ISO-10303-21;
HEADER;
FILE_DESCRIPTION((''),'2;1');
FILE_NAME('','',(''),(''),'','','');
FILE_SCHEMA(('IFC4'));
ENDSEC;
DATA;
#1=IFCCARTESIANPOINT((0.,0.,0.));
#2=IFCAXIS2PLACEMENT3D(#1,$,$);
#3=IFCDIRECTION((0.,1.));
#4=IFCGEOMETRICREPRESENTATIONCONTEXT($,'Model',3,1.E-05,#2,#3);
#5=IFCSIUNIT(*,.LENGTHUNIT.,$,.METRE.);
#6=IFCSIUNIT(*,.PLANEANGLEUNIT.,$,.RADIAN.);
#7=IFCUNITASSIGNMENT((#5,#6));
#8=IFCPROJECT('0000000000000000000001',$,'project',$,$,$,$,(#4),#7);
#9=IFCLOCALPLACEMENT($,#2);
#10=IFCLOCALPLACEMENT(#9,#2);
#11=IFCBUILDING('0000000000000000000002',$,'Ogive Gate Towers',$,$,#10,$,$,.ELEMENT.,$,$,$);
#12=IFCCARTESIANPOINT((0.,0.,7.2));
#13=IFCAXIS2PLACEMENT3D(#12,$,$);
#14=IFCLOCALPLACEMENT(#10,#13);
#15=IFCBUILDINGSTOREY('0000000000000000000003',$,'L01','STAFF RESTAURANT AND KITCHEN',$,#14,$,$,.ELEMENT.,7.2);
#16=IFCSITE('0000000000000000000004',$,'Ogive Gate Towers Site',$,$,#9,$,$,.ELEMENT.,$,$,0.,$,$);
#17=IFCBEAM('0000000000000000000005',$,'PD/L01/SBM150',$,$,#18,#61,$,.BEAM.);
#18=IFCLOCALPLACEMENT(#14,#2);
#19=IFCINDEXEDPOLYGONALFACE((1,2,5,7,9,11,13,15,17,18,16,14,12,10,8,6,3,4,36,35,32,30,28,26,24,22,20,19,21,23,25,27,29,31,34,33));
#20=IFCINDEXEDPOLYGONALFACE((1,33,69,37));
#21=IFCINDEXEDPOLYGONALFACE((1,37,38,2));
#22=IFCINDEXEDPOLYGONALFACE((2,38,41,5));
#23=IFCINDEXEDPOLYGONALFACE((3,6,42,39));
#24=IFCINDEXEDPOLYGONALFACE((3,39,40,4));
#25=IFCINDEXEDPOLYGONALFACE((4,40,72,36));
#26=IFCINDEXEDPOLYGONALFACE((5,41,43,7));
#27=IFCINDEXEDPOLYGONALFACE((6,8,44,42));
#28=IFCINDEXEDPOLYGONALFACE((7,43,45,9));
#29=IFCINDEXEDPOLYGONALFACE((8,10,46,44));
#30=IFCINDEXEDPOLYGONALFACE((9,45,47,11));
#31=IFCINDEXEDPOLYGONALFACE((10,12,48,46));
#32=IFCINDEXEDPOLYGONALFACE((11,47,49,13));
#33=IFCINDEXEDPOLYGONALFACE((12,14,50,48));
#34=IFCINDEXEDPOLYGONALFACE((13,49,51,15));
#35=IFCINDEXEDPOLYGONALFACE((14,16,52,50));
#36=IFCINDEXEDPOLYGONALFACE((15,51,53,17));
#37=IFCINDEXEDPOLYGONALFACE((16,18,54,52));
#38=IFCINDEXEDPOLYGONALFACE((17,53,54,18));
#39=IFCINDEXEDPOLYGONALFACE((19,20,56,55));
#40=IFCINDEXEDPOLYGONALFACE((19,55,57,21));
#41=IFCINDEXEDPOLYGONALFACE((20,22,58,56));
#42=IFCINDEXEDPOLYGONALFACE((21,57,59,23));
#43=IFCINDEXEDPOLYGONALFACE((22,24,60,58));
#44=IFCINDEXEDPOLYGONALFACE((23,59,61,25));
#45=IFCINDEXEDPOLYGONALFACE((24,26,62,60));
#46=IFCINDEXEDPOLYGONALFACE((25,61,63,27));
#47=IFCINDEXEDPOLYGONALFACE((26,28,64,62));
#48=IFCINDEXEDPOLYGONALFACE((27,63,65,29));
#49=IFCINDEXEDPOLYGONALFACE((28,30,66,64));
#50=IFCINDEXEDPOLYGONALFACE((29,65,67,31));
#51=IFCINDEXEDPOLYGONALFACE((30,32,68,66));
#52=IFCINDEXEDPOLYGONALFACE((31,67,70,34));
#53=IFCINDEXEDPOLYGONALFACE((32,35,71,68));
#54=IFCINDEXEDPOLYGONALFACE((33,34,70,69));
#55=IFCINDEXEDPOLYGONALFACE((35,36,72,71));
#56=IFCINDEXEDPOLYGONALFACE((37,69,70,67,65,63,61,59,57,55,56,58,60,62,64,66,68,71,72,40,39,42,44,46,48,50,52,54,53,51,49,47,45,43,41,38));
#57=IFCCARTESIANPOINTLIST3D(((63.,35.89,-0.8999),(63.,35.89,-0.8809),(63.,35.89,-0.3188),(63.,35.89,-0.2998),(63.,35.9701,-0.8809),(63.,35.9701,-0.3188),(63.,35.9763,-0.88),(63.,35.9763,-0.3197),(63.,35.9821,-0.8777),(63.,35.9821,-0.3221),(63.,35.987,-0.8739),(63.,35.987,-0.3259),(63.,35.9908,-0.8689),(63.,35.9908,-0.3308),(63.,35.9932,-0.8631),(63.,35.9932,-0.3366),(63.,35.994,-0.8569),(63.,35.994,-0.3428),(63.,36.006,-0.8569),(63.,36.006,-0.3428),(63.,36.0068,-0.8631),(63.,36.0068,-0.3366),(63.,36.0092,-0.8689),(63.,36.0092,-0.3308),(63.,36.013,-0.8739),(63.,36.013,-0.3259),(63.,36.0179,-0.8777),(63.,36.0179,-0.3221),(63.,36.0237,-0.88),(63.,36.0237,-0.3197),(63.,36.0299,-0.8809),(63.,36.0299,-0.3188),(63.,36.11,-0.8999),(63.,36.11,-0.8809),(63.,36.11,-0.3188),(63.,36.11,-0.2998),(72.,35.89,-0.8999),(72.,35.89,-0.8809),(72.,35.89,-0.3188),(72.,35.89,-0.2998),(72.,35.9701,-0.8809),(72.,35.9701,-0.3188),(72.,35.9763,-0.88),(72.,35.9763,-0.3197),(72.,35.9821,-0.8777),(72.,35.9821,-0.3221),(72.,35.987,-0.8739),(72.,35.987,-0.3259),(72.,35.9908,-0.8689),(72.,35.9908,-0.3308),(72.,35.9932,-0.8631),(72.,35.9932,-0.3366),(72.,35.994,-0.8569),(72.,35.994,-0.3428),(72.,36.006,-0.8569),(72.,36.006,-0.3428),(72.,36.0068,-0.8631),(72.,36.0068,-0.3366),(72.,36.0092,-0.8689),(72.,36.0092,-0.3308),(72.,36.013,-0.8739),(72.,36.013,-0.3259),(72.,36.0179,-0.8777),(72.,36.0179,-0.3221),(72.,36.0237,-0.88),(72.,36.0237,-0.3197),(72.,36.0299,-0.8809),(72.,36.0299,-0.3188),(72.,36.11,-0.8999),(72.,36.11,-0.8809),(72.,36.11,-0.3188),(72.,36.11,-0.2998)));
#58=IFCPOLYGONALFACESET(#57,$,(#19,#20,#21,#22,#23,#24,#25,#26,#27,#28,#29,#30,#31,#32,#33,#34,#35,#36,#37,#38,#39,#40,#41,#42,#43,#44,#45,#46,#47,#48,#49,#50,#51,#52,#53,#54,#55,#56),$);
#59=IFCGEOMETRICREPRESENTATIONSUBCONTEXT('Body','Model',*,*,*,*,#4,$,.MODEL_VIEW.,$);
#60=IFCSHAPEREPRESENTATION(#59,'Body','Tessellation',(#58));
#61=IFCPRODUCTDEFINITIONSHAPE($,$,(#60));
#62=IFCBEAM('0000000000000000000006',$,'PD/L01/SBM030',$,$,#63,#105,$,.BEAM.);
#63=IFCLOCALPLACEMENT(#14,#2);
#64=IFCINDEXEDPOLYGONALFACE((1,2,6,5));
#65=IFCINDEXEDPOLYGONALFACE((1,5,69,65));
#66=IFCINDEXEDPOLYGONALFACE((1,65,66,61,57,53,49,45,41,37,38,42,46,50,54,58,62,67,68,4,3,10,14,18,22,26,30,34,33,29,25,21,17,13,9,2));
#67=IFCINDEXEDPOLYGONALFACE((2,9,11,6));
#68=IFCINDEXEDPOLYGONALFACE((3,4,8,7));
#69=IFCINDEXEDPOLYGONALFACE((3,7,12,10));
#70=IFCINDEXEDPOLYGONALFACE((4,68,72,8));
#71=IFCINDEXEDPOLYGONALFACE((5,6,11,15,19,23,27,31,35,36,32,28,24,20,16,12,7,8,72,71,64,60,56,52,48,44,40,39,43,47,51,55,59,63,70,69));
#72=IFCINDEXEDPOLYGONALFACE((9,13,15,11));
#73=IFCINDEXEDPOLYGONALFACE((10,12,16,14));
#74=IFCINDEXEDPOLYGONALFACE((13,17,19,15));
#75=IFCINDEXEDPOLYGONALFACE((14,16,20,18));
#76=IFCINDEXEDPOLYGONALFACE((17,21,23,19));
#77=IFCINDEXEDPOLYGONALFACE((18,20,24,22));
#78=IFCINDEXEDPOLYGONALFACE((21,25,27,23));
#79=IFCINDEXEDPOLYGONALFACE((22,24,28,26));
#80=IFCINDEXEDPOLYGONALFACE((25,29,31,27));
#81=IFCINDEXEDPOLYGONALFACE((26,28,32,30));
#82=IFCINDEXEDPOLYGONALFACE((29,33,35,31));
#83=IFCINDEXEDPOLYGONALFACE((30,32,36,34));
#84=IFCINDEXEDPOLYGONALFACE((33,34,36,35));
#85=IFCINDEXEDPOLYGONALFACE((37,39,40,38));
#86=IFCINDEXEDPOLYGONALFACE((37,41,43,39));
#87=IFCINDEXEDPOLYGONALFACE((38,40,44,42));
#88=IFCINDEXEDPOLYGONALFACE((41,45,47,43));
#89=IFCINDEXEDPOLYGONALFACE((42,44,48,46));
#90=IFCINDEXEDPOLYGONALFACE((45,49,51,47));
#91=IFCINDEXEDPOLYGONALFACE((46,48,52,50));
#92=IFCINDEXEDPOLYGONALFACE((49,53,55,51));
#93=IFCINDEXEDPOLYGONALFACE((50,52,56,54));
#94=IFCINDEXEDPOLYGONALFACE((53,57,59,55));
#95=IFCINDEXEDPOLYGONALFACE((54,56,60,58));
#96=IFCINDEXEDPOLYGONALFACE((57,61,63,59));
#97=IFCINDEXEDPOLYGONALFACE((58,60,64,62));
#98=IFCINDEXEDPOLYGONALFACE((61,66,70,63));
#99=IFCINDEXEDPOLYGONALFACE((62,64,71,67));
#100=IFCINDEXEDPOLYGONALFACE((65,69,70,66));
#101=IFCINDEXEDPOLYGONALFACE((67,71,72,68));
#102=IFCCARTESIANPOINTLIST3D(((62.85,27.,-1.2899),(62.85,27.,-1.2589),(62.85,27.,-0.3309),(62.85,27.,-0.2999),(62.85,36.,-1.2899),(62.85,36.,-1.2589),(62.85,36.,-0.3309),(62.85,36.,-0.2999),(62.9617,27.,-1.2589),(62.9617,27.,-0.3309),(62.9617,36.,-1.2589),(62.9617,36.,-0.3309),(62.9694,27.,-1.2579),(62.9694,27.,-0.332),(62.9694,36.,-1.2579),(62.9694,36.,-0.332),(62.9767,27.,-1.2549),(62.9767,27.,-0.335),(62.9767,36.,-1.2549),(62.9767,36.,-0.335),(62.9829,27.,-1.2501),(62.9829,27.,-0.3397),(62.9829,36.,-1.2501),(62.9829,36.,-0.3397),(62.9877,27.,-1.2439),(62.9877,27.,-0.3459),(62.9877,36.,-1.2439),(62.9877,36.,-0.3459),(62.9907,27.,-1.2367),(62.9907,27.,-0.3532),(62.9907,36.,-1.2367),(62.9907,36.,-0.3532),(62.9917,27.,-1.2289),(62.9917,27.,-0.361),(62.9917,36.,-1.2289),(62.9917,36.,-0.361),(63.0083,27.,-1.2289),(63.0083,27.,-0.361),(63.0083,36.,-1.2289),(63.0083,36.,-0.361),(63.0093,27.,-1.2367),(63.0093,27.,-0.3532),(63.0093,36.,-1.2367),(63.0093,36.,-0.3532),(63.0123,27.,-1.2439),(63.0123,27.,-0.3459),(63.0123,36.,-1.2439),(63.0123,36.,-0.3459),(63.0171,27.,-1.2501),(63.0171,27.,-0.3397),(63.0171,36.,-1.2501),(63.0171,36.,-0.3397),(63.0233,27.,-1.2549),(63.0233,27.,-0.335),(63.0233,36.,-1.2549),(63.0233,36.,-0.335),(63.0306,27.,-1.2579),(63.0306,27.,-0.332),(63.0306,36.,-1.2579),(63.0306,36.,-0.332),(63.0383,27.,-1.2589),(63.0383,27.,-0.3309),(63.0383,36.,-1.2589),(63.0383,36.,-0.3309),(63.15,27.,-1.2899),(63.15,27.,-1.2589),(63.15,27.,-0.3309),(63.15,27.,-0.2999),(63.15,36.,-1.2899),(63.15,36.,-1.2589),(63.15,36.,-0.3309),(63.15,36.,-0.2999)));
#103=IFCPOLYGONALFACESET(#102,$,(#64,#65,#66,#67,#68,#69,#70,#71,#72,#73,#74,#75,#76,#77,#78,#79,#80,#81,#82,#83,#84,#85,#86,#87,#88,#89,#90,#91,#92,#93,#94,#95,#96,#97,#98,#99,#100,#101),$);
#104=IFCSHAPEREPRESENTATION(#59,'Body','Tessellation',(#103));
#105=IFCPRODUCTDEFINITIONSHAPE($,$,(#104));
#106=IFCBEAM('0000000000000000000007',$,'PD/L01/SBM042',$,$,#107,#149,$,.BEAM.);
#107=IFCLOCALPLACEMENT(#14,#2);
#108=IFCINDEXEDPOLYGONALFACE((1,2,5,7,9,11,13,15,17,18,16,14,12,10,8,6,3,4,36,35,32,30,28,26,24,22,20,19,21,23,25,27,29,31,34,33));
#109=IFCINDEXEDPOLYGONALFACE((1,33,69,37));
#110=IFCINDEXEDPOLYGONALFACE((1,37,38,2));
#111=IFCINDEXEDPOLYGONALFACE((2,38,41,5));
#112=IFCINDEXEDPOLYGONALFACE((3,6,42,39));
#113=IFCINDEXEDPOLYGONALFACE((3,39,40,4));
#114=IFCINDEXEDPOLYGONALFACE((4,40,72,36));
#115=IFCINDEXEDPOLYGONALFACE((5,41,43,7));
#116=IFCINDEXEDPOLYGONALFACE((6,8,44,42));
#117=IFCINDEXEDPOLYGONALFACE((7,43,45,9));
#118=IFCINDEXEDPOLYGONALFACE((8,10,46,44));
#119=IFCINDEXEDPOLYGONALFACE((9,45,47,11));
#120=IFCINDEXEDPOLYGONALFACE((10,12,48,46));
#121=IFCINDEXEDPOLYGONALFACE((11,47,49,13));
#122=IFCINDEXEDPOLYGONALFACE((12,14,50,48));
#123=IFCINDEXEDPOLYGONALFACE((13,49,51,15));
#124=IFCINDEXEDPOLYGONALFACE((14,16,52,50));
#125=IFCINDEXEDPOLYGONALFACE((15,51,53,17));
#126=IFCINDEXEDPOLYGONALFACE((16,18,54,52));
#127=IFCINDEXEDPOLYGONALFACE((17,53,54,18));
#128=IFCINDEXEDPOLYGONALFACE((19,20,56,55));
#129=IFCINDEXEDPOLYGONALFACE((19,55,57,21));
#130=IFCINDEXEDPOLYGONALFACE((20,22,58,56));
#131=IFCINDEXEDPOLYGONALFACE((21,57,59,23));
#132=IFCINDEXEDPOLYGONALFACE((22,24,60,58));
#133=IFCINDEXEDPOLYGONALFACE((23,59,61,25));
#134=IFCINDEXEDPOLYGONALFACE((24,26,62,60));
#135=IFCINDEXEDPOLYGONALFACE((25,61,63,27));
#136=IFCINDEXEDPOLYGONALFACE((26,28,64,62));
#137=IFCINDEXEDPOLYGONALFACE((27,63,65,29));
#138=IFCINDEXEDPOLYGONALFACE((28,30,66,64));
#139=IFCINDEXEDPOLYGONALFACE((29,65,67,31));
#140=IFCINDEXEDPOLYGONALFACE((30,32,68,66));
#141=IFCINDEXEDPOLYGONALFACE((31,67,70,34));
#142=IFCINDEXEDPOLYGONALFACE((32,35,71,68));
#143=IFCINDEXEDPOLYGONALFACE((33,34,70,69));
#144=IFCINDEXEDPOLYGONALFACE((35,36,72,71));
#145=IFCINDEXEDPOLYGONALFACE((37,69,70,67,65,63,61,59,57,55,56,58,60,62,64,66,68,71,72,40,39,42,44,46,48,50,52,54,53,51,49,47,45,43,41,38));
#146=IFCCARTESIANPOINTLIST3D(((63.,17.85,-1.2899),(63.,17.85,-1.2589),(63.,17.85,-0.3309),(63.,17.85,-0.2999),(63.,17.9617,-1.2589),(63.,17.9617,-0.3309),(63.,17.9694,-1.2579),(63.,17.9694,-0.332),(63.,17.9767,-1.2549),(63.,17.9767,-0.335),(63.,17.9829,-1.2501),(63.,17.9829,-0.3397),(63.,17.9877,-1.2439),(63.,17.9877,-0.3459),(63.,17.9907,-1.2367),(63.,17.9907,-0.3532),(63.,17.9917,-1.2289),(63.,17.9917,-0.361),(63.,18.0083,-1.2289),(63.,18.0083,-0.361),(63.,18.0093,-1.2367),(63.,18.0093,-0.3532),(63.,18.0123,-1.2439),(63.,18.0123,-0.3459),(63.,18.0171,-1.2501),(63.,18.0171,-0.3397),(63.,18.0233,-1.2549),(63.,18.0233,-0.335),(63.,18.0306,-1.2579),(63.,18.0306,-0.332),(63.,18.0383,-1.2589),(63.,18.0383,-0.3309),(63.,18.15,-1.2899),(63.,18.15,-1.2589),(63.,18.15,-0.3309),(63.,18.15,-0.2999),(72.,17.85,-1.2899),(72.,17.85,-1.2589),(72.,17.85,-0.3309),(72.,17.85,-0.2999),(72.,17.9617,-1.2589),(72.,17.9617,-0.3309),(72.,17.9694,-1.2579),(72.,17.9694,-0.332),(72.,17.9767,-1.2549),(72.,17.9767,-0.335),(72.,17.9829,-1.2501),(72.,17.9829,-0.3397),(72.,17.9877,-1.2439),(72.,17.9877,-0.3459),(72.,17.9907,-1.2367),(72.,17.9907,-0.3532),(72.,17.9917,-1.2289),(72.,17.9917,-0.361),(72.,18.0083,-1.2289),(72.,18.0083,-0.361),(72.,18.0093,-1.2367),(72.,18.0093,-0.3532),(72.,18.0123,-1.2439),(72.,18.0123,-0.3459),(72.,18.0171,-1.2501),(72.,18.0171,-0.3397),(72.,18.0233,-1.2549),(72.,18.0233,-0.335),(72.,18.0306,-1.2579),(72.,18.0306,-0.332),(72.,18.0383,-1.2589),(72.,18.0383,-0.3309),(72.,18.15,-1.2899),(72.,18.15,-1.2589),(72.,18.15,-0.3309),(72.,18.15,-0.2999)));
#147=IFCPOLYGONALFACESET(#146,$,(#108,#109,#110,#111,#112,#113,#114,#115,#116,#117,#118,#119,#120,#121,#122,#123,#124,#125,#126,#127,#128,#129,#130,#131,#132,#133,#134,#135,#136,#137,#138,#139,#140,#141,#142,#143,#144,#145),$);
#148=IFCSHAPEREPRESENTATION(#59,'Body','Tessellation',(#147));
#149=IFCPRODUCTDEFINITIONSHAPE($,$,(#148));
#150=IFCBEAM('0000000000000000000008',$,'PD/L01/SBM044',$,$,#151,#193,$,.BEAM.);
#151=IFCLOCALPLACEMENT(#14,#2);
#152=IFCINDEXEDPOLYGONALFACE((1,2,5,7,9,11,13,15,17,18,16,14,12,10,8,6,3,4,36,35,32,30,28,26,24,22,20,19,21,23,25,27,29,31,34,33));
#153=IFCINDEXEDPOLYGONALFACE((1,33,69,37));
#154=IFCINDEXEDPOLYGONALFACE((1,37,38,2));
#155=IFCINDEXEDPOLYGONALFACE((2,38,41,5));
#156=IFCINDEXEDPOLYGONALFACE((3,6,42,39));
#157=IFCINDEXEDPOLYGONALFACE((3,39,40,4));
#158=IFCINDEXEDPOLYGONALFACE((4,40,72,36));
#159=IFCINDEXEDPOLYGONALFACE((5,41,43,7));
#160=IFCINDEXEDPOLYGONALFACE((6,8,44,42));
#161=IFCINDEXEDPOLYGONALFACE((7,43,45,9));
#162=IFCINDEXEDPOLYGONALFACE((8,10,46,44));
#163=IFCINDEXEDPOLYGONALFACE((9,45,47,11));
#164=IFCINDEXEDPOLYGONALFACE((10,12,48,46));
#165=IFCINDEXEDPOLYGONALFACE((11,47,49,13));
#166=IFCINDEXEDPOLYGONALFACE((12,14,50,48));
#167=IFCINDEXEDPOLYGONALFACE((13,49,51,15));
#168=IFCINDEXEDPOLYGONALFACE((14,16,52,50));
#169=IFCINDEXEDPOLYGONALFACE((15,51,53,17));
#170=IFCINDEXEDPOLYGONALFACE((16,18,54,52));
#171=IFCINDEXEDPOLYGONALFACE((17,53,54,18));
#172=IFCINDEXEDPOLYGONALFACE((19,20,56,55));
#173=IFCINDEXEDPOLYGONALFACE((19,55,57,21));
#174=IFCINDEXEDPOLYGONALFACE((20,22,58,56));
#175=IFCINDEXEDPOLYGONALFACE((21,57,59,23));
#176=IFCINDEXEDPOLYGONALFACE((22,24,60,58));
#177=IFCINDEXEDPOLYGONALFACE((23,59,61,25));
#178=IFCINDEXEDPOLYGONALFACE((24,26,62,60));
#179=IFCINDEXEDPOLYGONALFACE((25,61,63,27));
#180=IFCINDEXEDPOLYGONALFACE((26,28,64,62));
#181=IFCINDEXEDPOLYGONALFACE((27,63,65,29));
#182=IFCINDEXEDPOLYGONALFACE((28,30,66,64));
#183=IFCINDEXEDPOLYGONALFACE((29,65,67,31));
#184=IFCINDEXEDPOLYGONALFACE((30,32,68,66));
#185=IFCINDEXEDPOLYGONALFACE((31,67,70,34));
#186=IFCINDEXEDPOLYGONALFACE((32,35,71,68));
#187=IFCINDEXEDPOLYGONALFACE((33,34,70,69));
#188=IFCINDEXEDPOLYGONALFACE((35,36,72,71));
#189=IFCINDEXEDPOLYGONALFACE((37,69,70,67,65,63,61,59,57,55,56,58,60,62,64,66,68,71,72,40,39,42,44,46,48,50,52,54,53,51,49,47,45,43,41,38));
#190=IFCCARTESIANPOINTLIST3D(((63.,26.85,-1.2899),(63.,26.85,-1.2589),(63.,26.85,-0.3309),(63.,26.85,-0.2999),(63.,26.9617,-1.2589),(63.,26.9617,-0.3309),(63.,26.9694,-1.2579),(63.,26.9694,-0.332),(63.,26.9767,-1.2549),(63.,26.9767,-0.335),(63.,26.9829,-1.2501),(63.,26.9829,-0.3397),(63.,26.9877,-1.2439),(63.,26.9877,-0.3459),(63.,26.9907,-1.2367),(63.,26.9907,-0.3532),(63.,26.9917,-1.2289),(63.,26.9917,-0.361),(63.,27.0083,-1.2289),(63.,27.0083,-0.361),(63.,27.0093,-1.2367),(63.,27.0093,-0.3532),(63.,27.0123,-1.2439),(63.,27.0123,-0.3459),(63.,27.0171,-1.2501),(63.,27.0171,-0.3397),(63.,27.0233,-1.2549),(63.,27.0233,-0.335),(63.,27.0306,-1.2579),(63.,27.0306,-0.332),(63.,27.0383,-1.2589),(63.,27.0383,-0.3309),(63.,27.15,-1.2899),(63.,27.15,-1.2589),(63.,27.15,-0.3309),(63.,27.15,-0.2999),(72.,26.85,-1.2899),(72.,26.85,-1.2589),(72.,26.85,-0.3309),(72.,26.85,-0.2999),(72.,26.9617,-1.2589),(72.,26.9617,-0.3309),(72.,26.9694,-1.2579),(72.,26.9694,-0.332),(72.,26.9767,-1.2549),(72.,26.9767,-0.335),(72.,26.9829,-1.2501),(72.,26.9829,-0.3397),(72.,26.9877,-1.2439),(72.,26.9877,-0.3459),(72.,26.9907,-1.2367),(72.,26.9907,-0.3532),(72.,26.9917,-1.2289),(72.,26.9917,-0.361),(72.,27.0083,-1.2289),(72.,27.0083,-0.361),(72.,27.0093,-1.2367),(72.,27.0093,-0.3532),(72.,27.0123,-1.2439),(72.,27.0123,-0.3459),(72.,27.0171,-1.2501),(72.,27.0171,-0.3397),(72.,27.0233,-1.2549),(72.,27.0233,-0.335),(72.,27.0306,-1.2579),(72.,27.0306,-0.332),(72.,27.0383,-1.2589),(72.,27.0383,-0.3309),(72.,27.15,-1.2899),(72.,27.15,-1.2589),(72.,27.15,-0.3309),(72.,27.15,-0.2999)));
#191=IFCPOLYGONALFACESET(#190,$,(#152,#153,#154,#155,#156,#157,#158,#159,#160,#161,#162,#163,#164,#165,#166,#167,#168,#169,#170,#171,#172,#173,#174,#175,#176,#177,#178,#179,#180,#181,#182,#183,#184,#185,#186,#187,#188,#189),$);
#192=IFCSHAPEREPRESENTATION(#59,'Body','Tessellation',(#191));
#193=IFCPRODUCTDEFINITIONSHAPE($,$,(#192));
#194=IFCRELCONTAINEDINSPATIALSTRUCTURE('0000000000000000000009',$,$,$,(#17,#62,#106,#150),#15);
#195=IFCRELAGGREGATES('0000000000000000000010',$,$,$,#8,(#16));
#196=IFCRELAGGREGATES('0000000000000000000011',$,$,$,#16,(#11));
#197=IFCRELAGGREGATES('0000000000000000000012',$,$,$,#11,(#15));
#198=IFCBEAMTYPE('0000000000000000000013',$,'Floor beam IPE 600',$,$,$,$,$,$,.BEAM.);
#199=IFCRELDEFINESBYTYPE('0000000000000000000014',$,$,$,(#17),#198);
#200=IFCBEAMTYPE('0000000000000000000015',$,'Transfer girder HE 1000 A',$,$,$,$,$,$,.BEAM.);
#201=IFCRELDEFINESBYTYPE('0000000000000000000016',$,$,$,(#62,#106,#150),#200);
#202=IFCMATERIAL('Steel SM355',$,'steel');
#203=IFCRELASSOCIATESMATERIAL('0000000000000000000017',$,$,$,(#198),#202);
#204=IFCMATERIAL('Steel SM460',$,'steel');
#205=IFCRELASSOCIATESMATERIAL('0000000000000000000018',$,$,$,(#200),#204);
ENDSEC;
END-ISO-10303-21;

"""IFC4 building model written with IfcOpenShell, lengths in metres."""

from ifc_helpers import new_model, si_unit, direction, frame, origin, origin_2d, place, context, subcontext, project, spatial, i_section, extrude, material, material_profile, profile_set, type_object, element, save


model = new_model("IFC4")

# Units and contexts
model_context = context("Model", 3, precision=1e-05, world=origin(), true_north=direction((0.0, 1.0)))
body_context = subcontext(model_context, "Body", "Model", "MODEL_VIEW")
ifc_project = project(units=[si_unit("LENGTHUNIT", "METRE"), si_unit("PLANEANGLEUNIT", "RADIAN")], contexts=[model_context])

# Site, building, storey
site_placement = place(None, origin())
site = spatial("IfcSite", under=ifc_project, at=site_placement, Name="Ogive Gate Towers Site", CompositionType="ELEMENT", RefElevation=0.0)
building_placement = place(site_placement, origin())
building = spatial("IfcBuilding", under=site, at=building_placement, Name="Ogive Gate Towers", CompositionType="ELEMENT")
storey_placement = place(building_placement, frame((0.0, 0.0, 7.2)))
storey = spatial("IfcBuildingStorey", under=building, at=storey_placement, Name="L01", Description="STAFF RESTAURANT AND KITCHEN", CompositionType="ELEMENT", Elevation=7.2)

# Beams
ifc_material_1 = material(Name="Steel SM355", Category="steel")
ifc_material_profile_1 = material_profile(ifc_material_1, i_section(OverallWidth=0.22, OverallDepth=0.6001, WebThickness=0.012, FlangeThickness=0.019, FilletRadius=0.0239, at=origin_2d()), Name="IPE 600")
ifc_profile_set_1 = profile_set([ifc_material_profile_1], Name="Steel SM355")
beam_type_1 = type_object("IfcBeamType", Name="Floor beam IPE 600", PredefinedType="BEAM", material=ifc_profile_set_1)
for number, where, z_axis, x_axis, name in (
    (1, (63.0, 36.0, -0.5999), (1.0, 0.0, 0.0), (0.0, 1.0, 0.0), "PD/L01/SBM150"),
):
    element("IfcBeam", number, at=place(storey_placement, frame(where, z_axis=z_axis, x_axis=x_axis)), inside=storey, type_object=beam_type_1, Name=name, PredefinedType="BEAM", context=body_context, shape_type="SweptSolid", body=[
        extrude(i_section(OverallWidth=0.22, OverallDepth=0.6001, WebThickness=0.012, FlangeThickness=0.019, FilletRadius=0.0239, at=origin_2d()), origin(), (0.0, 0.0, 1.0), 9.0),
    ])
ifc_material_2 = material(Name="Steel SM460", Category="steel")
ifc_material_profile_2 = material_profile(ifc_material_2, i_section(OverallWidth=0.3, OverallDepth=0.99, WebThickness=0.0166, FlangeThickness=0.031, FilletRadius=0.03, at=origin_2d()), Name="HE 1000 A")
ifc_profile_set_2 = profile_set([ifc_material_profile_2], Name="Steel SM460")
beam_type_2 = type_object("IfcBeamType", Name="Transfer girder HE 1000 A", PredefinedType="BEAM", material=ifc_profile_set_2)
for number, where, z_axis, x_axis, name in (
    (2, (63.0, 27.0, -0.7949), (0.0, 1.0, 0.0), (-1.0, 0.0, 0.0), "PD/L01/SBM030"),
    (3, (63.0, 18.0, -0.7949), (1.0, 0.0, 0.0), (0.0, 1.0, 0.0), "PD/L01/SBM042"),
    (4, (63.0, 27.0, -0.7949), (1.0, 0.0, 0.0), (0.0, 1.0, 0.0), "PD/L01/SBM044"),
):
    element("IfcBeam", number, at=place(storey_placement, frame(where, z_axis=z_axis, x_axis=x_axis)), inside=storey, type_object=beam_type_2, Name=name, PredefinedType="BEAM", context=body_context, shape_type="SweptSolid", body=[
        extrude(i_section(OverallWidth=0.3, OverallDepth=0.99, WebThickness=0.0166, FlangeThickness=0.031, FilletRadius=0.03, at=origin_2d()), origin(), (0.0, 0.0, 1.0), 9.0),
    ])

save(model, "model.ifc")
